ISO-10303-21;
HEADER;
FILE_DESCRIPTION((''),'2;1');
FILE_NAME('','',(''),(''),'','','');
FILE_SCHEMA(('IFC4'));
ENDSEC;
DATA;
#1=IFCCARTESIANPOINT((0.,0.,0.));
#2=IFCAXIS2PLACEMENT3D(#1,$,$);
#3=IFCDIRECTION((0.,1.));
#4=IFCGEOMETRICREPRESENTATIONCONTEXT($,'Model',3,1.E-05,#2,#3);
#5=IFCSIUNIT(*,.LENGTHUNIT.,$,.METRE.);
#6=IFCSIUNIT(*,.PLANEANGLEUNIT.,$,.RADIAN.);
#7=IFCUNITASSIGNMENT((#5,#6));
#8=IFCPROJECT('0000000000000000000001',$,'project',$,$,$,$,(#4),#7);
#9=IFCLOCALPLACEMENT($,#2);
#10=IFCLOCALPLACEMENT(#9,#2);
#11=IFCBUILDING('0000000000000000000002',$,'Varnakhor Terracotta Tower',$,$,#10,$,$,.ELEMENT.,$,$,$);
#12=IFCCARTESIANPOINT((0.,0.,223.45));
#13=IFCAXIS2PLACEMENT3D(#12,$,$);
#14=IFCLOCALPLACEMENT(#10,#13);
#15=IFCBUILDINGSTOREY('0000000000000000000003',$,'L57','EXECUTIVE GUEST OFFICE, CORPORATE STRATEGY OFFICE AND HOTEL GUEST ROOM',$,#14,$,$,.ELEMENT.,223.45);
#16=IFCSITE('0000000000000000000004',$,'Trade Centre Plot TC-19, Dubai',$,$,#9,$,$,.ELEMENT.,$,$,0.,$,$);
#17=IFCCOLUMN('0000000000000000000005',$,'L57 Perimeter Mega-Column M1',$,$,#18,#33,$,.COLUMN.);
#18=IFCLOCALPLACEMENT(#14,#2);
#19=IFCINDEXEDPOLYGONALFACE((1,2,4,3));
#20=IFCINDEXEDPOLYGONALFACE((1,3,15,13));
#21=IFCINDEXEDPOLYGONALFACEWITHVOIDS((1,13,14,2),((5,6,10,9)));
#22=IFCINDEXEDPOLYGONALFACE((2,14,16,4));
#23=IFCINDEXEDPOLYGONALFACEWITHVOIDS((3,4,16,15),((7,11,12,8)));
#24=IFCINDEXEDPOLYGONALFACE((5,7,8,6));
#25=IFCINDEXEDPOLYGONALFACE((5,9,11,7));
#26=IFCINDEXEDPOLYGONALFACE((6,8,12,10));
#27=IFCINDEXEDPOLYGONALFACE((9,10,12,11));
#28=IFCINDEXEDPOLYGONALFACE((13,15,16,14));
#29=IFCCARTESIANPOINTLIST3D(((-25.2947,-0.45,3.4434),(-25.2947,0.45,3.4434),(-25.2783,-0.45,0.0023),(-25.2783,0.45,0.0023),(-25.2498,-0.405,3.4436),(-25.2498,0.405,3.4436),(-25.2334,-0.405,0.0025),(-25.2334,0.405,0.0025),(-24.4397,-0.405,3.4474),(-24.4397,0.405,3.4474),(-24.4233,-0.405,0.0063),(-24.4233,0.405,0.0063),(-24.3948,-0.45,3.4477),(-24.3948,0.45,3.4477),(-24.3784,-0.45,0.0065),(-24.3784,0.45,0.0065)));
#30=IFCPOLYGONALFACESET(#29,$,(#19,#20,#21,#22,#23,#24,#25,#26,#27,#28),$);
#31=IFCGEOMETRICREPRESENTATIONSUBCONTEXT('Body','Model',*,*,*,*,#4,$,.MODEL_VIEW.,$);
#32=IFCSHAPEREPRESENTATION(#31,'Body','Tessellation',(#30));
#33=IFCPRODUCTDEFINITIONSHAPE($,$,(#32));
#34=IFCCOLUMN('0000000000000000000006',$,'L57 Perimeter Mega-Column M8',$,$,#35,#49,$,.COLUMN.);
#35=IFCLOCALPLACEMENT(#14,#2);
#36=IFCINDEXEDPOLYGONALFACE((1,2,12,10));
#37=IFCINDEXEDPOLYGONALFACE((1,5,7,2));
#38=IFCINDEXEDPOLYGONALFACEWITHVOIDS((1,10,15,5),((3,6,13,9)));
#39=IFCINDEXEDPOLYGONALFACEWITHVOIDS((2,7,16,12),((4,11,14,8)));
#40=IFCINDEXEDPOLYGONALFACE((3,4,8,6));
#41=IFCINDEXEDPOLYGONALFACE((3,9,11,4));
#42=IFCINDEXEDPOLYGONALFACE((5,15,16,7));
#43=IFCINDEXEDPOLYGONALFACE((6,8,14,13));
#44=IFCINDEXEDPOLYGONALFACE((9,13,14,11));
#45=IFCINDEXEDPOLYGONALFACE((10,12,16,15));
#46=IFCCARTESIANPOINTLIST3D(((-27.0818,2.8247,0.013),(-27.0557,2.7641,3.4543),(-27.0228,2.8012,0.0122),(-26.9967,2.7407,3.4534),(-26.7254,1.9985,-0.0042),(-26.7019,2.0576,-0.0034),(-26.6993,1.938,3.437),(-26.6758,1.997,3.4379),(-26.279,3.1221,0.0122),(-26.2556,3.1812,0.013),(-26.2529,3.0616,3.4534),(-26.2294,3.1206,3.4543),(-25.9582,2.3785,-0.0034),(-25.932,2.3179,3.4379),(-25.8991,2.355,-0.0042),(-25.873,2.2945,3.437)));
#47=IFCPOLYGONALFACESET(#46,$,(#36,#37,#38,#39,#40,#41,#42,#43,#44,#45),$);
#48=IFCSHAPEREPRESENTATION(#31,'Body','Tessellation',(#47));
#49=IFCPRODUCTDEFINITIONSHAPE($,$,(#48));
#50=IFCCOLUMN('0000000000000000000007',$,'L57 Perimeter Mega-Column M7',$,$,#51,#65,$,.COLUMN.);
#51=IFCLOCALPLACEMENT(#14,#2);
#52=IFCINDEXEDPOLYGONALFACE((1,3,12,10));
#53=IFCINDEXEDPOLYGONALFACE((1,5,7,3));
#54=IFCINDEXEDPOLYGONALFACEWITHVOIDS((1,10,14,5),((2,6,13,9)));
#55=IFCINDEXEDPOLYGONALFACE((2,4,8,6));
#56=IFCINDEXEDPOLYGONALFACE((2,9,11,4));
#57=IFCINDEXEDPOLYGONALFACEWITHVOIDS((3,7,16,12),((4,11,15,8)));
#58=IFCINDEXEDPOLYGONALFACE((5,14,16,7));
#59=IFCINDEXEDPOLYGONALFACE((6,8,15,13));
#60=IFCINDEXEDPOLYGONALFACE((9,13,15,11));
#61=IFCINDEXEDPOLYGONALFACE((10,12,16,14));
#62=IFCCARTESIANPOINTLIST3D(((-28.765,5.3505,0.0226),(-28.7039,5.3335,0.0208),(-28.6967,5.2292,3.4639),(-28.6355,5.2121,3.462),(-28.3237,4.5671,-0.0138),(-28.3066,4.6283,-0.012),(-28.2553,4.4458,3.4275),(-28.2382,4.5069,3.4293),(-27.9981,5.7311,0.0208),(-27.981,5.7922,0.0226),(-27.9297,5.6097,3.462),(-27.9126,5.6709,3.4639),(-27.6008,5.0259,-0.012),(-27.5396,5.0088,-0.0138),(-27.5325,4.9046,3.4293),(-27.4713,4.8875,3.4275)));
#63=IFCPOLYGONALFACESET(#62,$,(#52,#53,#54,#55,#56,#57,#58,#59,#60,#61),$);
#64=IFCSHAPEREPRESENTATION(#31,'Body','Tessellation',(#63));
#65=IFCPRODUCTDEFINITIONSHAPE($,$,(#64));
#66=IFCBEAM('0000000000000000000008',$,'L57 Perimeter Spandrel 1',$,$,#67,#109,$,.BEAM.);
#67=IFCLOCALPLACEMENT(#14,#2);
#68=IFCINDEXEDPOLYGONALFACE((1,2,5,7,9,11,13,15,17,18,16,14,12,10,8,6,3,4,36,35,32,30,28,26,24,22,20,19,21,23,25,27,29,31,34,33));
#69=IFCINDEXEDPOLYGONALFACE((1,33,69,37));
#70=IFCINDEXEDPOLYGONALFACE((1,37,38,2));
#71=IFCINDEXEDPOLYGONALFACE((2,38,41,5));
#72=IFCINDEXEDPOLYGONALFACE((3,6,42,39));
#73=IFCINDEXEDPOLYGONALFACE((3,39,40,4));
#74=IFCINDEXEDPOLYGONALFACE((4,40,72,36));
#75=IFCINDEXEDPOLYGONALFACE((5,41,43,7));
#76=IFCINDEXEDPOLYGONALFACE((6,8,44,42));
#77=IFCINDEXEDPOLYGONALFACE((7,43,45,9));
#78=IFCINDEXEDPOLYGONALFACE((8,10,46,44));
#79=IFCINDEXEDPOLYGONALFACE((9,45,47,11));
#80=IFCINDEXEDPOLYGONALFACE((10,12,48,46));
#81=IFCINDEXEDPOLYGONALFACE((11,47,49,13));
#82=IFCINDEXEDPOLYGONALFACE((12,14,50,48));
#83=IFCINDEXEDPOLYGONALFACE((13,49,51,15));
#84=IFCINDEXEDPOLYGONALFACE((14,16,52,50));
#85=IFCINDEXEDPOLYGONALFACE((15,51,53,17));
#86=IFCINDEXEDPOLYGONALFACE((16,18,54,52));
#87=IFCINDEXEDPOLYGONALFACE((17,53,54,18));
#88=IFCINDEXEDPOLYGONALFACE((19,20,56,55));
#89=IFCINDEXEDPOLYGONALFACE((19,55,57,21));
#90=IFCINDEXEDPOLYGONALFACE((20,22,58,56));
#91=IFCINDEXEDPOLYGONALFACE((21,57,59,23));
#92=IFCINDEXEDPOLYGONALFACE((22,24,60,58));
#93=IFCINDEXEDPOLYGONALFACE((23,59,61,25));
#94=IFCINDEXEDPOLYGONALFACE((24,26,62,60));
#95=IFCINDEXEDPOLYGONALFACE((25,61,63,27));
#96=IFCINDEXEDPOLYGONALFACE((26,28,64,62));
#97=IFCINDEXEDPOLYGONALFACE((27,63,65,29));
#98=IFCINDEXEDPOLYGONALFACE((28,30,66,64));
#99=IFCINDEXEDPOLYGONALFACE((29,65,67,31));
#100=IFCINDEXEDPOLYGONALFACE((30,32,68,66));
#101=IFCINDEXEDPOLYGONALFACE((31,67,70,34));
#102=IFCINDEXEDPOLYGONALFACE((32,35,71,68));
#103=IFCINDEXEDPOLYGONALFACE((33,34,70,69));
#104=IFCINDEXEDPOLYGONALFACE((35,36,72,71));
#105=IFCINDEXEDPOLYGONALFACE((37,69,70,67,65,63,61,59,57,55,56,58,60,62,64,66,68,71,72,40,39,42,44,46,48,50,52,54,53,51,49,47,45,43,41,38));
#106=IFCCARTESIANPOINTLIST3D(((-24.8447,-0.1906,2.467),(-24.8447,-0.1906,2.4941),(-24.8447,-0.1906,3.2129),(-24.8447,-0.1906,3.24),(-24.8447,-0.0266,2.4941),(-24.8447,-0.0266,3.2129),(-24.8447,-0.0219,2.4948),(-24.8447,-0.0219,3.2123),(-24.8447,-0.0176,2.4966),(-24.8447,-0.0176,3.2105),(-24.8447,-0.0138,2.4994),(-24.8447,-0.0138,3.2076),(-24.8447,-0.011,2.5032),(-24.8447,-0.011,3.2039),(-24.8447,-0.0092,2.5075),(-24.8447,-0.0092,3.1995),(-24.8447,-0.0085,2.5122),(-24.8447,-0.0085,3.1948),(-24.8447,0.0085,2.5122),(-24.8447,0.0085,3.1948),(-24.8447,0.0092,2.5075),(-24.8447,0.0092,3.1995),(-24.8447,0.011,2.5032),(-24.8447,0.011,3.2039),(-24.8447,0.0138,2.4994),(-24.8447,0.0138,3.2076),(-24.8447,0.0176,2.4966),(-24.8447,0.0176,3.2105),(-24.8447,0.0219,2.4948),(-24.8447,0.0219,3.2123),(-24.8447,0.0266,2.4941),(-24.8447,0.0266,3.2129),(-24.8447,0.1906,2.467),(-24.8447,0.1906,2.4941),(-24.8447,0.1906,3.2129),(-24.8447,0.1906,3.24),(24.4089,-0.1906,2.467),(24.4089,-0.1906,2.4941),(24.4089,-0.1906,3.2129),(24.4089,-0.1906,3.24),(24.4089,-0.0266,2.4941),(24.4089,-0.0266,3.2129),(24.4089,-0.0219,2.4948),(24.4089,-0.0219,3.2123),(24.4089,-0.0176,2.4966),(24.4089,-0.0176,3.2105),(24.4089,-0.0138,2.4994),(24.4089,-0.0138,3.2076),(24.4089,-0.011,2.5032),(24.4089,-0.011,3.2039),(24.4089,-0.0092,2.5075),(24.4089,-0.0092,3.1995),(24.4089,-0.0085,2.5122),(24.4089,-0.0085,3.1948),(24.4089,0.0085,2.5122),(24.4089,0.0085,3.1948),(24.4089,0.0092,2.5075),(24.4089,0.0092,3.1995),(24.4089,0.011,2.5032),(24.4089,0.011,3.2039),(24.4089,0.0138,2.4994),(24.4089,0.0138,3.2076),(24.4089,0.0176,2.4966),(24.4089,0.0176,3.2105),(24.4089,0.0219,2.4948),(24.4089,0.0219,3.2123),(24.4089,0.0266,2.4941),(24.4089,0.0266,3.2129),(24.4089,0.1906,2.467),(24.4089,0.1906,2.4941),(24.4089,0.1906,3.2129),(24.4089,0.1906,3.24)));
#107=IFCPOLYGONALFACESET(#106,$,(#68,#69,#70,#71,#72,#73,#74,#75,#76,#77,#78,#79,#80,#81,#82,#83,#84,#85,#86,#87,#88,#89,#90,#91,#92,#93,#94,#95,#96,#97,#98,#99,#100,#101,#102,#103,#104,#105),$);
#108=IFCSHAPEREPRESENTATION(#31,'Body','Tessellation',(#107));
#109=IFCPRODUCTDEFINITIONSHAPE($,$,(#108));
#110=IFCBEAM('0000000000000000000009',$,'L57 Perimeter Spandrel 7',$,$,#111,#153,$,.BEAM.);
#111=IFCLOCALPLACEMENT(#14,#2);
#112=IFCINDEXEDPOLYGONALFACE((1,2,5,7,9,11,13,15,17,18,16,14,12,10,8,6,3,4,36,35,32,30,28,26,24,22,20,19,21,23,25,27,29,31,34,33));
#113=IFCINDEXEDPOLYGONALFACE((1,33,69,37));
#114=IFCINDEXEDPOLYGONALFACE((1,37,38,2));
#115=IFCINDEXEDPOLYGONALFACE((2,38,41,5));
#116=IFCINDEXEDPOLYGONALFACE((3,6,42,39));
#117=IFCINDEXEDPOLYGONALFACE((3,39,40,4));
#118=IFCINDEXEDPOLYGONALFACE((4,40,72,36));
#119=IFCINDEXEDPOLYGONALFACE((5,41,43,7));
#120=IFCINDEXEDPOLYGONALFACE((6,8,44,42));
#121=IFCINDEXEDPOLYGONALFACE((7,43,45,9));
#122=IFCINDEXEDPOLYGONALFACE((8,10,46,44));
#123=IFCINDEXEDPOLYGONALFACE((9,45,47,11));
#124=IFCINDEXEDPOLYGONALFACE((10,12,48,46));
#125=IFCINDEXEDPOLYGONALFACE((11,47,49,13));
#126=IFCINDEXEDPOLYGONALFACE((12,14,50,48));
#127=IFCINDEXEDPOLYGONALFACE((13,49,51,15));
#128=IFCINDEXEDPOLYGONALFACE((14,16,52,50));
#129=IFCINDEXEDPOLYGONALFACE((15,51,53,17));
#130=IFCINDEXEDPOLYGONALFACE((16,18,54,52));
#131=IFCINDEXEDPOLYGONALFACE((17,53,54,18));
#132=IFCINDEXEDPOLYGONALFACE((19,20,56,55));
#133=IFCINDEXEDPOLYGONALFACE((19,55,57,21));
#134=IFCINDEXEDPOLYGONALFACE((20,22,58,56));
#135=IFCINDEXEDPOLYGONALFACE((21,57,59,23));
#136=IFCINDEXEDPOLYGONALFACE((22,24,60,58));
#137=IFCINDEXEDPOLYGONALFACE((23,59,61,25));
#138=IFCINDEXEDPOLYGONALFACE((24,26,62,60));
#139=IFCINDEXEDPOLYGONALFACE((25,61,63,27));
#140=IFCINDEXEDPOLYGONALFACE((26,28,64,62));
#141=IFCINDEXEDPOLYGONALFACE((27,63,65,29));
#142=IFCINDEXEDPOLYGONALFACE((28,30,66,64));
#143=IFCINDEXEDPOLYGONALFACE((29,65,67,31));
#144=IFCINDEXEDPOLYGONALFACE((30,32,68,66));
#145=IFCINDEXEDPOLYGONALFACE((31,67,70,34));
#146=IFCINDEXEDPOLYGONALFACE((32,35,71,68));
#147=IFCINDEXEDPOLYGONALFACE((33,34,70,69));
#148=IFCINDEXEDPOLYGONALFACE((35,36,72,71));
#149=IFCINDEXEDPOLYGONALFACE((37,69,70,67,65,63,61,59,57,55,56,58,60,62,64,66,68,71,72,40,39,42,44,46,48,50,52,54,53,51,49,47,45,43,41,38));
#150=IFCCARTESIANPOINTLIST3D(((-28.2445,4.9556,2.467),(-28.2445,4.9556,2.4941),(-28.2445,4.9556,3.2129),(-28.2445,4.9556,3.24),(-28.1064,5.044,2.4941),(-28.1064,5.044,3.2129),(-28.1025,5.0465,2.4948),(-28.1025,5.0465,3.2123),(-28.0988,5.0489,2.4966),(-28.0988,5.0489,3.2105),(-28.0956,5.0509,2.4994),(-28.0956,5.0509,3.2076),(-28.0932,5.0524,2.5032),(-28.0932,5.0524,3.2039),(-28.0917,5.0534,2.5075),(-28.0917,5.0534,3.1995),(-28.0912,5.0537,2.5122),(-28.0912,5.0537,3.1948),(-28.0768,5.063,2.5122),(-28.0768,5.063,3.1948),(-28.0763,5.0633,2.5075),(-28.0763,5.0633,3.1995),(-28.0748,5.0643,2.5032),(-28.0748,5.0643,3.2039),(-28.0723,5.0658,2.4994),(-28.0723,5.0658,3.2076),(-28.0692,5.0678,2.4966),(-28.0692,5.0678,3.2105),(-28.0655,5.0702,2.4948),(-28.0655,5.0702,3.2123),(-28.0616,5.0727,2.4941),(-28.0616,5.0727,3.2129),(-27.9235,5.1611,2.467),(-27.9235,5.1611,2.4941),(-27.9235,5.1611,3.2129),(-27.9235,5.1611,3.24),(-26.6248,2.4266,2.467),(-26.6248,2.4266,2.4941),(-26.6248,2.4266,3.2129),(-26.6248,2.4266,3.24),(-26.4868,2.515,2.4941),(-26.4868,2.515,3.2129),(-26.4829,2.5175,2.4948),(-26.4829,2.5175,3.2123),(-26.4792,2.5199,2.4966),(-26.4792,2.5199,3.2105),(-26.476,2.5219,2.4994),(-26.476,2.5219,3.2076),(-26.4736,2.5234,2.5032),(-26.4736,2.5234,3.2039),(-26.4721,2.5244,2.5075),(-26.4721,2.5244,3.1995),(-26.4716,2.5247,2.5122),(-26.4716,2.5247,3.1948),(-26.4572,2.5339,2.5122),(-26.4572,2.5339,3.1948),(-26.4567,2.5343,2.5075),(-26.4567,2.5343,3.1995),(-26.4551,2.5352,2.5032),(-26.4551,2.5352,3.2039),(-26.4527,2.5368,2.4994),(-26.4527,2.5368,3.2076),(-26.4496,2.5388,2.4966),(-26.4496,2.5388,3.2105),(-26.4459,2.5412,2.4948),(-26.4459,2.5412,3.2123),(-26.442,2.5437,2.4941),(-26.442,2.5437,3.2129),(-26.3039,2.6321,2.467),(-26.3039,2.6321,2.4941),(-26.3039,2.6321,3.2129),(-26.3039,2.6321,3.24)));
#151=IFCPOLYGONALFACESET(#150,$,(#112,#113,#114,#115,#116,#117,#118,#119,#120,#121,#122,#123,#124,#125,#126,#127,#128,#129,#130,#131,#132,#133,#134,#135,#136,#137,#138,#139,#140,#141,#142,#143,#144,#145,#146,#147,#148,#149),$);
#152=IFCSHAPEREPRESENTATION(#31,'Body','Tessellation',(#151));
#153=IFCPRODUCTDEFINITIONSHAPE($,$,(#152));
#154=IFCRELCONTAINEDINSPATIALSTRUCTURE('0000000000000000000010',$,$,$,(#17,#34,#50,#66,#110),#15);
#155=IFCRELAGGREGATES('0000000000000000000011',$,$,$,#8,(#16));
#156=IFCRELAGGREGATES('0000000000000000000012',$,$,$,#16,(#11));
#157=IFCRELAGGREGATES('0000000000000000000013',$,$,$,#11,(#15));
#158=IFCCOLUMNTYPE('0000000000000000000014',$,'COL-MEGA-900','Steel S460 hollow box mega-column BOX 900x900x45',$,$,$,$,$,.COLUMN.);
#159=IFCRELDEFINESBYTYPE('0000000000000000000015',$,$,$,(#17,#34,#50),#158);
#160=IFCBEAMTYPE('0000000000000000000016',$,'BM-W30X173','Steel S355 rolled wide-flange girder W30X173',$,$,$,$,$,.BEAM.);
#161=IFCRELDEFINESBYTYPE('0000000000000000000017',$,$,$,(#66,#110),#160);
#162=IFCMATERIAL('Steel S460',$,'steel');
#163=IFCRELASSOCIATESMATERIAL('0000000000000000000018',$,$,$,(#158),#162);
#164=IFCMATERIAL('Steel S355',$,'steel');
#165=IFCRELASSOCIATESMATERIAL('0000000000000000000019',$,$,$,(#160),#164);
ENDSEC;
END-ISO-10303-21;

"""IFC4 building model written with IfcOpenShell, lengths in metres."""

from ifc_helpers import new_model, si_unit, direction, frame, origin, origin_2d, place, context, subcontext, project, spatial, hollow_rectangle, i_section, extrude, source, transform, mapped, material, material_profile, profile_set, type_object, element, save


model = new_model("IFC4")

# Units and contexts
model_context = context("Model", 3, precision=1e-05, world=origin(), true_north=direction((0.0, 1.0)))
body_context = subcontext(model_context, "Body", "Model", "MODEL_VIEW")
ifc_project = project(units=[si_unit("LENGTHUNIT", "METRE"), si_unit("PLANEANGLEUNIT", "RADIAN")], contexts=[model_context])

# Site, building, storey
site_placement = place(None, origin())
site = spatial("IfcSite", under=ifc_project, at=site_placement, Name="Trade Centre Plot TC-19, Dubai", CompositionType="ELEMENT", RefElevation=0.0)
building_placement = place(site_placement, origin())
building = spatial("IfcBuilding", under=site, at=building_placement, Name="Varnakhor Terracotta Tower", CompositionType="ELEMENT")
storey_placement = place(building_placement, frame((0.0, 0.0, 223.45)))
storey = spatial("IfcBuildingStorey", under=building, at=storey_placement, Name="L57", Description="EXECUTIVE GUEST OFFICE, CORPORATE STRATEGY OFFICE AND HOTEL GUEST ROOM", CompositionType="ELEMENT", Elevation=223.45)

# Columns
ifc_material_1 = material(Name="Steel S460", Category="steel")
ifc_material_profile_1 = material_profile(ifc_material_1, hollow_rectangle(XDim=0.8999, YDim=0.8999, WallThickness=0.0449, at=origin_2d()), Name="BOX 900x900x45")
ifc_profile_set_1 = profile_set([ifc_material_profile_1], Name="Steel S460")
column_type = type_object("IfcColumnType", Name="COL-MEGA-900", Description="Steel S460 hollow box mega-column BOX 900x900x45", PredefinedType="COLUMN", material=ifc_profile_set_1)
shared_shape_1 = source(origin(), body_context, "Body", "SweptSolid", [
    extrude(hollow_rectangle(XDim=0.8999, YDim=0.8999, WallThickness=0.0449, at=origin_2d()), origin(), (0.0, 0.0, 1.0), 3.4412),
])
column_1_placement = place(storey_placement, frame((-24.8284, 0.0, 0.0044), z_axis=(-0.004753, 0.0, 0.999989), x_axis=(0.0, -1.0, 0.0)))
element("IfcColumn", 1, at=column_1_placement, inside=storey, type_object=column_type, Name="L57 Perimeter Mega-Column M1", PredefinedType="COLUMN", context=body_context, shape_type="MappedRepresentation", body=[
    mapped(shared_shape_1, transform((0.0, 0.0, 0.0), scale=1.0)),
])
shared_shape_2 = source(origin(), body_context, "Body", "SweptSolid", [
    extrude(hollow_rectangle(XDim=0.8999, YDim=0.8999, WallThickness=0.0449, at=origin_2d()), origin(), (0.0, 0.0, 1.0), 3.4419),
])
column_2_placement = place(storey_placement, frame((-26.4905, 2.5898, 0.0044), z_axis=(0.00759, -0.017592, 0.999816), x_axis=(0.918185, 0.396152, 0.0)))
element("IfcColumn", 2, at=column_2_placement, inside=storey, type_object=column_type, Name="L57 Perimeter Mega-Column M8", PredefinedType="COLUMN", context=body_context, shape_type="MappedRepresentation", body=[
    mapped(shared_shape_2, transform((0.0, 0.0, 0.0), scale=1.0)),
])
shared_shape_3 = source(origin(), body_context, "Body", "SweptSolid", [
    extrude(hollow_rectangle(XDim=0.8999, YDim=0.8999, WallThickness=0.0449, at=origin_2d()), origin(), (0.0, 0.0, 1.0), 3.4441),
])
column_3_placement = place(storey_placement, frame((-28.1523, 5.1797, 0.0044), z_axis=(0.019849, -0.035232, 0.999182), x_axis=(0.871248, 0.490844, 0.0)))
element("IfcColumn", 3, at=column_3_placement, inside=storey, type_object=column_type, Name="L57 Perimeter Mega-Column M7", PredefinedType="COLUMN", context=body_context, shape_type="MappedRepresentation", body=[
    mapped(shared_shape_3, transform((0.0, 0.0, 0.0), scale=1.0)),
])

# Beams
ifc_material_2 = material(Name="Steel S355", Category="steel")
ifc_material_profile_2 = material_profile(ifc_material_2, i_section(OverallWidth=0.3811, OverallDepth=0.7729, WebThickness=0.0171, FlangeThickness=0.0271, FilletRadius=0.0181, at=origin_2d()), Name="W30X173")
ifc_profile_set_2 = profile_set([ifc_material_profile_2], Name="Steel S355")
beam_type_1 = type_object("IfcBeamType", Name="BM-W30X173", Description="Steel S355 rolled wide-flange girder W30X173", PredefinedType="BEAM", material=ifc_profile_set_2)
shared_shape_4 = source(origin(), body_context, "Body", "SweptSolid", [
    extrude(i_section(OverallWidth=0.3811, OverallDepth=0.7729, WebThickness=0.0171, FlangeThickness=0.0271, FilletRadius=0.0181, at=origin_2d()), origin(), (0.0, 0.0, 1.0), 49.2537),
])
beam_1_placement = place(storey_placement, frame((-24.8447, 0.0, 2.8535), z_axis=(1.0, 0.0, 0.0), x_axis=(0.0, 1.0, 0.0)))
element("IfcBeam", 4, at=beam_1_placement, inside=storey, type_object=beam_type_1, Name="L57 Perimeter Spandrel 1", PredefinedType="BEAM", context=body_context, shape_type="MappedRepresentation", body=[
    mapped(shared_shape_4, transform((0.0, 0.0, 0.0), scale=1.0)),
])
shared_shape_5 = source(origin(), body_context, "Body", "SweptSolid", [
    extrude(i_section(OverallWidth=0.3811, OverallDepth=0.7729, WebThickness=0.0171, FlangeThickness=0.0271, FilletRadius=0.0181, at=origin_2d()), origin(), (0.0, 0.0, 1.0), 3.0032),
])
beam_2_placement = place(storey_placement, frame((-28.084, 5.0583, 2.8535), z_axis=(0.539298, -0.842115, 0.0), x_axis=(0.842115, 0.539298, 0.0)))
element("IfcBeam", 5, at=beam_2_placement, inside=storey, type_object=beam_type_1, Name="L57 Perimeter Spandrel 7", PredefinedType="BEAM", context=body_context, shape_type="MappedRepresentation", body=[
    mapped(shared_shape_5, transform((0.0, 0.0, 0.0), scale=1.0)),
])

save(model, "model.ifc")
